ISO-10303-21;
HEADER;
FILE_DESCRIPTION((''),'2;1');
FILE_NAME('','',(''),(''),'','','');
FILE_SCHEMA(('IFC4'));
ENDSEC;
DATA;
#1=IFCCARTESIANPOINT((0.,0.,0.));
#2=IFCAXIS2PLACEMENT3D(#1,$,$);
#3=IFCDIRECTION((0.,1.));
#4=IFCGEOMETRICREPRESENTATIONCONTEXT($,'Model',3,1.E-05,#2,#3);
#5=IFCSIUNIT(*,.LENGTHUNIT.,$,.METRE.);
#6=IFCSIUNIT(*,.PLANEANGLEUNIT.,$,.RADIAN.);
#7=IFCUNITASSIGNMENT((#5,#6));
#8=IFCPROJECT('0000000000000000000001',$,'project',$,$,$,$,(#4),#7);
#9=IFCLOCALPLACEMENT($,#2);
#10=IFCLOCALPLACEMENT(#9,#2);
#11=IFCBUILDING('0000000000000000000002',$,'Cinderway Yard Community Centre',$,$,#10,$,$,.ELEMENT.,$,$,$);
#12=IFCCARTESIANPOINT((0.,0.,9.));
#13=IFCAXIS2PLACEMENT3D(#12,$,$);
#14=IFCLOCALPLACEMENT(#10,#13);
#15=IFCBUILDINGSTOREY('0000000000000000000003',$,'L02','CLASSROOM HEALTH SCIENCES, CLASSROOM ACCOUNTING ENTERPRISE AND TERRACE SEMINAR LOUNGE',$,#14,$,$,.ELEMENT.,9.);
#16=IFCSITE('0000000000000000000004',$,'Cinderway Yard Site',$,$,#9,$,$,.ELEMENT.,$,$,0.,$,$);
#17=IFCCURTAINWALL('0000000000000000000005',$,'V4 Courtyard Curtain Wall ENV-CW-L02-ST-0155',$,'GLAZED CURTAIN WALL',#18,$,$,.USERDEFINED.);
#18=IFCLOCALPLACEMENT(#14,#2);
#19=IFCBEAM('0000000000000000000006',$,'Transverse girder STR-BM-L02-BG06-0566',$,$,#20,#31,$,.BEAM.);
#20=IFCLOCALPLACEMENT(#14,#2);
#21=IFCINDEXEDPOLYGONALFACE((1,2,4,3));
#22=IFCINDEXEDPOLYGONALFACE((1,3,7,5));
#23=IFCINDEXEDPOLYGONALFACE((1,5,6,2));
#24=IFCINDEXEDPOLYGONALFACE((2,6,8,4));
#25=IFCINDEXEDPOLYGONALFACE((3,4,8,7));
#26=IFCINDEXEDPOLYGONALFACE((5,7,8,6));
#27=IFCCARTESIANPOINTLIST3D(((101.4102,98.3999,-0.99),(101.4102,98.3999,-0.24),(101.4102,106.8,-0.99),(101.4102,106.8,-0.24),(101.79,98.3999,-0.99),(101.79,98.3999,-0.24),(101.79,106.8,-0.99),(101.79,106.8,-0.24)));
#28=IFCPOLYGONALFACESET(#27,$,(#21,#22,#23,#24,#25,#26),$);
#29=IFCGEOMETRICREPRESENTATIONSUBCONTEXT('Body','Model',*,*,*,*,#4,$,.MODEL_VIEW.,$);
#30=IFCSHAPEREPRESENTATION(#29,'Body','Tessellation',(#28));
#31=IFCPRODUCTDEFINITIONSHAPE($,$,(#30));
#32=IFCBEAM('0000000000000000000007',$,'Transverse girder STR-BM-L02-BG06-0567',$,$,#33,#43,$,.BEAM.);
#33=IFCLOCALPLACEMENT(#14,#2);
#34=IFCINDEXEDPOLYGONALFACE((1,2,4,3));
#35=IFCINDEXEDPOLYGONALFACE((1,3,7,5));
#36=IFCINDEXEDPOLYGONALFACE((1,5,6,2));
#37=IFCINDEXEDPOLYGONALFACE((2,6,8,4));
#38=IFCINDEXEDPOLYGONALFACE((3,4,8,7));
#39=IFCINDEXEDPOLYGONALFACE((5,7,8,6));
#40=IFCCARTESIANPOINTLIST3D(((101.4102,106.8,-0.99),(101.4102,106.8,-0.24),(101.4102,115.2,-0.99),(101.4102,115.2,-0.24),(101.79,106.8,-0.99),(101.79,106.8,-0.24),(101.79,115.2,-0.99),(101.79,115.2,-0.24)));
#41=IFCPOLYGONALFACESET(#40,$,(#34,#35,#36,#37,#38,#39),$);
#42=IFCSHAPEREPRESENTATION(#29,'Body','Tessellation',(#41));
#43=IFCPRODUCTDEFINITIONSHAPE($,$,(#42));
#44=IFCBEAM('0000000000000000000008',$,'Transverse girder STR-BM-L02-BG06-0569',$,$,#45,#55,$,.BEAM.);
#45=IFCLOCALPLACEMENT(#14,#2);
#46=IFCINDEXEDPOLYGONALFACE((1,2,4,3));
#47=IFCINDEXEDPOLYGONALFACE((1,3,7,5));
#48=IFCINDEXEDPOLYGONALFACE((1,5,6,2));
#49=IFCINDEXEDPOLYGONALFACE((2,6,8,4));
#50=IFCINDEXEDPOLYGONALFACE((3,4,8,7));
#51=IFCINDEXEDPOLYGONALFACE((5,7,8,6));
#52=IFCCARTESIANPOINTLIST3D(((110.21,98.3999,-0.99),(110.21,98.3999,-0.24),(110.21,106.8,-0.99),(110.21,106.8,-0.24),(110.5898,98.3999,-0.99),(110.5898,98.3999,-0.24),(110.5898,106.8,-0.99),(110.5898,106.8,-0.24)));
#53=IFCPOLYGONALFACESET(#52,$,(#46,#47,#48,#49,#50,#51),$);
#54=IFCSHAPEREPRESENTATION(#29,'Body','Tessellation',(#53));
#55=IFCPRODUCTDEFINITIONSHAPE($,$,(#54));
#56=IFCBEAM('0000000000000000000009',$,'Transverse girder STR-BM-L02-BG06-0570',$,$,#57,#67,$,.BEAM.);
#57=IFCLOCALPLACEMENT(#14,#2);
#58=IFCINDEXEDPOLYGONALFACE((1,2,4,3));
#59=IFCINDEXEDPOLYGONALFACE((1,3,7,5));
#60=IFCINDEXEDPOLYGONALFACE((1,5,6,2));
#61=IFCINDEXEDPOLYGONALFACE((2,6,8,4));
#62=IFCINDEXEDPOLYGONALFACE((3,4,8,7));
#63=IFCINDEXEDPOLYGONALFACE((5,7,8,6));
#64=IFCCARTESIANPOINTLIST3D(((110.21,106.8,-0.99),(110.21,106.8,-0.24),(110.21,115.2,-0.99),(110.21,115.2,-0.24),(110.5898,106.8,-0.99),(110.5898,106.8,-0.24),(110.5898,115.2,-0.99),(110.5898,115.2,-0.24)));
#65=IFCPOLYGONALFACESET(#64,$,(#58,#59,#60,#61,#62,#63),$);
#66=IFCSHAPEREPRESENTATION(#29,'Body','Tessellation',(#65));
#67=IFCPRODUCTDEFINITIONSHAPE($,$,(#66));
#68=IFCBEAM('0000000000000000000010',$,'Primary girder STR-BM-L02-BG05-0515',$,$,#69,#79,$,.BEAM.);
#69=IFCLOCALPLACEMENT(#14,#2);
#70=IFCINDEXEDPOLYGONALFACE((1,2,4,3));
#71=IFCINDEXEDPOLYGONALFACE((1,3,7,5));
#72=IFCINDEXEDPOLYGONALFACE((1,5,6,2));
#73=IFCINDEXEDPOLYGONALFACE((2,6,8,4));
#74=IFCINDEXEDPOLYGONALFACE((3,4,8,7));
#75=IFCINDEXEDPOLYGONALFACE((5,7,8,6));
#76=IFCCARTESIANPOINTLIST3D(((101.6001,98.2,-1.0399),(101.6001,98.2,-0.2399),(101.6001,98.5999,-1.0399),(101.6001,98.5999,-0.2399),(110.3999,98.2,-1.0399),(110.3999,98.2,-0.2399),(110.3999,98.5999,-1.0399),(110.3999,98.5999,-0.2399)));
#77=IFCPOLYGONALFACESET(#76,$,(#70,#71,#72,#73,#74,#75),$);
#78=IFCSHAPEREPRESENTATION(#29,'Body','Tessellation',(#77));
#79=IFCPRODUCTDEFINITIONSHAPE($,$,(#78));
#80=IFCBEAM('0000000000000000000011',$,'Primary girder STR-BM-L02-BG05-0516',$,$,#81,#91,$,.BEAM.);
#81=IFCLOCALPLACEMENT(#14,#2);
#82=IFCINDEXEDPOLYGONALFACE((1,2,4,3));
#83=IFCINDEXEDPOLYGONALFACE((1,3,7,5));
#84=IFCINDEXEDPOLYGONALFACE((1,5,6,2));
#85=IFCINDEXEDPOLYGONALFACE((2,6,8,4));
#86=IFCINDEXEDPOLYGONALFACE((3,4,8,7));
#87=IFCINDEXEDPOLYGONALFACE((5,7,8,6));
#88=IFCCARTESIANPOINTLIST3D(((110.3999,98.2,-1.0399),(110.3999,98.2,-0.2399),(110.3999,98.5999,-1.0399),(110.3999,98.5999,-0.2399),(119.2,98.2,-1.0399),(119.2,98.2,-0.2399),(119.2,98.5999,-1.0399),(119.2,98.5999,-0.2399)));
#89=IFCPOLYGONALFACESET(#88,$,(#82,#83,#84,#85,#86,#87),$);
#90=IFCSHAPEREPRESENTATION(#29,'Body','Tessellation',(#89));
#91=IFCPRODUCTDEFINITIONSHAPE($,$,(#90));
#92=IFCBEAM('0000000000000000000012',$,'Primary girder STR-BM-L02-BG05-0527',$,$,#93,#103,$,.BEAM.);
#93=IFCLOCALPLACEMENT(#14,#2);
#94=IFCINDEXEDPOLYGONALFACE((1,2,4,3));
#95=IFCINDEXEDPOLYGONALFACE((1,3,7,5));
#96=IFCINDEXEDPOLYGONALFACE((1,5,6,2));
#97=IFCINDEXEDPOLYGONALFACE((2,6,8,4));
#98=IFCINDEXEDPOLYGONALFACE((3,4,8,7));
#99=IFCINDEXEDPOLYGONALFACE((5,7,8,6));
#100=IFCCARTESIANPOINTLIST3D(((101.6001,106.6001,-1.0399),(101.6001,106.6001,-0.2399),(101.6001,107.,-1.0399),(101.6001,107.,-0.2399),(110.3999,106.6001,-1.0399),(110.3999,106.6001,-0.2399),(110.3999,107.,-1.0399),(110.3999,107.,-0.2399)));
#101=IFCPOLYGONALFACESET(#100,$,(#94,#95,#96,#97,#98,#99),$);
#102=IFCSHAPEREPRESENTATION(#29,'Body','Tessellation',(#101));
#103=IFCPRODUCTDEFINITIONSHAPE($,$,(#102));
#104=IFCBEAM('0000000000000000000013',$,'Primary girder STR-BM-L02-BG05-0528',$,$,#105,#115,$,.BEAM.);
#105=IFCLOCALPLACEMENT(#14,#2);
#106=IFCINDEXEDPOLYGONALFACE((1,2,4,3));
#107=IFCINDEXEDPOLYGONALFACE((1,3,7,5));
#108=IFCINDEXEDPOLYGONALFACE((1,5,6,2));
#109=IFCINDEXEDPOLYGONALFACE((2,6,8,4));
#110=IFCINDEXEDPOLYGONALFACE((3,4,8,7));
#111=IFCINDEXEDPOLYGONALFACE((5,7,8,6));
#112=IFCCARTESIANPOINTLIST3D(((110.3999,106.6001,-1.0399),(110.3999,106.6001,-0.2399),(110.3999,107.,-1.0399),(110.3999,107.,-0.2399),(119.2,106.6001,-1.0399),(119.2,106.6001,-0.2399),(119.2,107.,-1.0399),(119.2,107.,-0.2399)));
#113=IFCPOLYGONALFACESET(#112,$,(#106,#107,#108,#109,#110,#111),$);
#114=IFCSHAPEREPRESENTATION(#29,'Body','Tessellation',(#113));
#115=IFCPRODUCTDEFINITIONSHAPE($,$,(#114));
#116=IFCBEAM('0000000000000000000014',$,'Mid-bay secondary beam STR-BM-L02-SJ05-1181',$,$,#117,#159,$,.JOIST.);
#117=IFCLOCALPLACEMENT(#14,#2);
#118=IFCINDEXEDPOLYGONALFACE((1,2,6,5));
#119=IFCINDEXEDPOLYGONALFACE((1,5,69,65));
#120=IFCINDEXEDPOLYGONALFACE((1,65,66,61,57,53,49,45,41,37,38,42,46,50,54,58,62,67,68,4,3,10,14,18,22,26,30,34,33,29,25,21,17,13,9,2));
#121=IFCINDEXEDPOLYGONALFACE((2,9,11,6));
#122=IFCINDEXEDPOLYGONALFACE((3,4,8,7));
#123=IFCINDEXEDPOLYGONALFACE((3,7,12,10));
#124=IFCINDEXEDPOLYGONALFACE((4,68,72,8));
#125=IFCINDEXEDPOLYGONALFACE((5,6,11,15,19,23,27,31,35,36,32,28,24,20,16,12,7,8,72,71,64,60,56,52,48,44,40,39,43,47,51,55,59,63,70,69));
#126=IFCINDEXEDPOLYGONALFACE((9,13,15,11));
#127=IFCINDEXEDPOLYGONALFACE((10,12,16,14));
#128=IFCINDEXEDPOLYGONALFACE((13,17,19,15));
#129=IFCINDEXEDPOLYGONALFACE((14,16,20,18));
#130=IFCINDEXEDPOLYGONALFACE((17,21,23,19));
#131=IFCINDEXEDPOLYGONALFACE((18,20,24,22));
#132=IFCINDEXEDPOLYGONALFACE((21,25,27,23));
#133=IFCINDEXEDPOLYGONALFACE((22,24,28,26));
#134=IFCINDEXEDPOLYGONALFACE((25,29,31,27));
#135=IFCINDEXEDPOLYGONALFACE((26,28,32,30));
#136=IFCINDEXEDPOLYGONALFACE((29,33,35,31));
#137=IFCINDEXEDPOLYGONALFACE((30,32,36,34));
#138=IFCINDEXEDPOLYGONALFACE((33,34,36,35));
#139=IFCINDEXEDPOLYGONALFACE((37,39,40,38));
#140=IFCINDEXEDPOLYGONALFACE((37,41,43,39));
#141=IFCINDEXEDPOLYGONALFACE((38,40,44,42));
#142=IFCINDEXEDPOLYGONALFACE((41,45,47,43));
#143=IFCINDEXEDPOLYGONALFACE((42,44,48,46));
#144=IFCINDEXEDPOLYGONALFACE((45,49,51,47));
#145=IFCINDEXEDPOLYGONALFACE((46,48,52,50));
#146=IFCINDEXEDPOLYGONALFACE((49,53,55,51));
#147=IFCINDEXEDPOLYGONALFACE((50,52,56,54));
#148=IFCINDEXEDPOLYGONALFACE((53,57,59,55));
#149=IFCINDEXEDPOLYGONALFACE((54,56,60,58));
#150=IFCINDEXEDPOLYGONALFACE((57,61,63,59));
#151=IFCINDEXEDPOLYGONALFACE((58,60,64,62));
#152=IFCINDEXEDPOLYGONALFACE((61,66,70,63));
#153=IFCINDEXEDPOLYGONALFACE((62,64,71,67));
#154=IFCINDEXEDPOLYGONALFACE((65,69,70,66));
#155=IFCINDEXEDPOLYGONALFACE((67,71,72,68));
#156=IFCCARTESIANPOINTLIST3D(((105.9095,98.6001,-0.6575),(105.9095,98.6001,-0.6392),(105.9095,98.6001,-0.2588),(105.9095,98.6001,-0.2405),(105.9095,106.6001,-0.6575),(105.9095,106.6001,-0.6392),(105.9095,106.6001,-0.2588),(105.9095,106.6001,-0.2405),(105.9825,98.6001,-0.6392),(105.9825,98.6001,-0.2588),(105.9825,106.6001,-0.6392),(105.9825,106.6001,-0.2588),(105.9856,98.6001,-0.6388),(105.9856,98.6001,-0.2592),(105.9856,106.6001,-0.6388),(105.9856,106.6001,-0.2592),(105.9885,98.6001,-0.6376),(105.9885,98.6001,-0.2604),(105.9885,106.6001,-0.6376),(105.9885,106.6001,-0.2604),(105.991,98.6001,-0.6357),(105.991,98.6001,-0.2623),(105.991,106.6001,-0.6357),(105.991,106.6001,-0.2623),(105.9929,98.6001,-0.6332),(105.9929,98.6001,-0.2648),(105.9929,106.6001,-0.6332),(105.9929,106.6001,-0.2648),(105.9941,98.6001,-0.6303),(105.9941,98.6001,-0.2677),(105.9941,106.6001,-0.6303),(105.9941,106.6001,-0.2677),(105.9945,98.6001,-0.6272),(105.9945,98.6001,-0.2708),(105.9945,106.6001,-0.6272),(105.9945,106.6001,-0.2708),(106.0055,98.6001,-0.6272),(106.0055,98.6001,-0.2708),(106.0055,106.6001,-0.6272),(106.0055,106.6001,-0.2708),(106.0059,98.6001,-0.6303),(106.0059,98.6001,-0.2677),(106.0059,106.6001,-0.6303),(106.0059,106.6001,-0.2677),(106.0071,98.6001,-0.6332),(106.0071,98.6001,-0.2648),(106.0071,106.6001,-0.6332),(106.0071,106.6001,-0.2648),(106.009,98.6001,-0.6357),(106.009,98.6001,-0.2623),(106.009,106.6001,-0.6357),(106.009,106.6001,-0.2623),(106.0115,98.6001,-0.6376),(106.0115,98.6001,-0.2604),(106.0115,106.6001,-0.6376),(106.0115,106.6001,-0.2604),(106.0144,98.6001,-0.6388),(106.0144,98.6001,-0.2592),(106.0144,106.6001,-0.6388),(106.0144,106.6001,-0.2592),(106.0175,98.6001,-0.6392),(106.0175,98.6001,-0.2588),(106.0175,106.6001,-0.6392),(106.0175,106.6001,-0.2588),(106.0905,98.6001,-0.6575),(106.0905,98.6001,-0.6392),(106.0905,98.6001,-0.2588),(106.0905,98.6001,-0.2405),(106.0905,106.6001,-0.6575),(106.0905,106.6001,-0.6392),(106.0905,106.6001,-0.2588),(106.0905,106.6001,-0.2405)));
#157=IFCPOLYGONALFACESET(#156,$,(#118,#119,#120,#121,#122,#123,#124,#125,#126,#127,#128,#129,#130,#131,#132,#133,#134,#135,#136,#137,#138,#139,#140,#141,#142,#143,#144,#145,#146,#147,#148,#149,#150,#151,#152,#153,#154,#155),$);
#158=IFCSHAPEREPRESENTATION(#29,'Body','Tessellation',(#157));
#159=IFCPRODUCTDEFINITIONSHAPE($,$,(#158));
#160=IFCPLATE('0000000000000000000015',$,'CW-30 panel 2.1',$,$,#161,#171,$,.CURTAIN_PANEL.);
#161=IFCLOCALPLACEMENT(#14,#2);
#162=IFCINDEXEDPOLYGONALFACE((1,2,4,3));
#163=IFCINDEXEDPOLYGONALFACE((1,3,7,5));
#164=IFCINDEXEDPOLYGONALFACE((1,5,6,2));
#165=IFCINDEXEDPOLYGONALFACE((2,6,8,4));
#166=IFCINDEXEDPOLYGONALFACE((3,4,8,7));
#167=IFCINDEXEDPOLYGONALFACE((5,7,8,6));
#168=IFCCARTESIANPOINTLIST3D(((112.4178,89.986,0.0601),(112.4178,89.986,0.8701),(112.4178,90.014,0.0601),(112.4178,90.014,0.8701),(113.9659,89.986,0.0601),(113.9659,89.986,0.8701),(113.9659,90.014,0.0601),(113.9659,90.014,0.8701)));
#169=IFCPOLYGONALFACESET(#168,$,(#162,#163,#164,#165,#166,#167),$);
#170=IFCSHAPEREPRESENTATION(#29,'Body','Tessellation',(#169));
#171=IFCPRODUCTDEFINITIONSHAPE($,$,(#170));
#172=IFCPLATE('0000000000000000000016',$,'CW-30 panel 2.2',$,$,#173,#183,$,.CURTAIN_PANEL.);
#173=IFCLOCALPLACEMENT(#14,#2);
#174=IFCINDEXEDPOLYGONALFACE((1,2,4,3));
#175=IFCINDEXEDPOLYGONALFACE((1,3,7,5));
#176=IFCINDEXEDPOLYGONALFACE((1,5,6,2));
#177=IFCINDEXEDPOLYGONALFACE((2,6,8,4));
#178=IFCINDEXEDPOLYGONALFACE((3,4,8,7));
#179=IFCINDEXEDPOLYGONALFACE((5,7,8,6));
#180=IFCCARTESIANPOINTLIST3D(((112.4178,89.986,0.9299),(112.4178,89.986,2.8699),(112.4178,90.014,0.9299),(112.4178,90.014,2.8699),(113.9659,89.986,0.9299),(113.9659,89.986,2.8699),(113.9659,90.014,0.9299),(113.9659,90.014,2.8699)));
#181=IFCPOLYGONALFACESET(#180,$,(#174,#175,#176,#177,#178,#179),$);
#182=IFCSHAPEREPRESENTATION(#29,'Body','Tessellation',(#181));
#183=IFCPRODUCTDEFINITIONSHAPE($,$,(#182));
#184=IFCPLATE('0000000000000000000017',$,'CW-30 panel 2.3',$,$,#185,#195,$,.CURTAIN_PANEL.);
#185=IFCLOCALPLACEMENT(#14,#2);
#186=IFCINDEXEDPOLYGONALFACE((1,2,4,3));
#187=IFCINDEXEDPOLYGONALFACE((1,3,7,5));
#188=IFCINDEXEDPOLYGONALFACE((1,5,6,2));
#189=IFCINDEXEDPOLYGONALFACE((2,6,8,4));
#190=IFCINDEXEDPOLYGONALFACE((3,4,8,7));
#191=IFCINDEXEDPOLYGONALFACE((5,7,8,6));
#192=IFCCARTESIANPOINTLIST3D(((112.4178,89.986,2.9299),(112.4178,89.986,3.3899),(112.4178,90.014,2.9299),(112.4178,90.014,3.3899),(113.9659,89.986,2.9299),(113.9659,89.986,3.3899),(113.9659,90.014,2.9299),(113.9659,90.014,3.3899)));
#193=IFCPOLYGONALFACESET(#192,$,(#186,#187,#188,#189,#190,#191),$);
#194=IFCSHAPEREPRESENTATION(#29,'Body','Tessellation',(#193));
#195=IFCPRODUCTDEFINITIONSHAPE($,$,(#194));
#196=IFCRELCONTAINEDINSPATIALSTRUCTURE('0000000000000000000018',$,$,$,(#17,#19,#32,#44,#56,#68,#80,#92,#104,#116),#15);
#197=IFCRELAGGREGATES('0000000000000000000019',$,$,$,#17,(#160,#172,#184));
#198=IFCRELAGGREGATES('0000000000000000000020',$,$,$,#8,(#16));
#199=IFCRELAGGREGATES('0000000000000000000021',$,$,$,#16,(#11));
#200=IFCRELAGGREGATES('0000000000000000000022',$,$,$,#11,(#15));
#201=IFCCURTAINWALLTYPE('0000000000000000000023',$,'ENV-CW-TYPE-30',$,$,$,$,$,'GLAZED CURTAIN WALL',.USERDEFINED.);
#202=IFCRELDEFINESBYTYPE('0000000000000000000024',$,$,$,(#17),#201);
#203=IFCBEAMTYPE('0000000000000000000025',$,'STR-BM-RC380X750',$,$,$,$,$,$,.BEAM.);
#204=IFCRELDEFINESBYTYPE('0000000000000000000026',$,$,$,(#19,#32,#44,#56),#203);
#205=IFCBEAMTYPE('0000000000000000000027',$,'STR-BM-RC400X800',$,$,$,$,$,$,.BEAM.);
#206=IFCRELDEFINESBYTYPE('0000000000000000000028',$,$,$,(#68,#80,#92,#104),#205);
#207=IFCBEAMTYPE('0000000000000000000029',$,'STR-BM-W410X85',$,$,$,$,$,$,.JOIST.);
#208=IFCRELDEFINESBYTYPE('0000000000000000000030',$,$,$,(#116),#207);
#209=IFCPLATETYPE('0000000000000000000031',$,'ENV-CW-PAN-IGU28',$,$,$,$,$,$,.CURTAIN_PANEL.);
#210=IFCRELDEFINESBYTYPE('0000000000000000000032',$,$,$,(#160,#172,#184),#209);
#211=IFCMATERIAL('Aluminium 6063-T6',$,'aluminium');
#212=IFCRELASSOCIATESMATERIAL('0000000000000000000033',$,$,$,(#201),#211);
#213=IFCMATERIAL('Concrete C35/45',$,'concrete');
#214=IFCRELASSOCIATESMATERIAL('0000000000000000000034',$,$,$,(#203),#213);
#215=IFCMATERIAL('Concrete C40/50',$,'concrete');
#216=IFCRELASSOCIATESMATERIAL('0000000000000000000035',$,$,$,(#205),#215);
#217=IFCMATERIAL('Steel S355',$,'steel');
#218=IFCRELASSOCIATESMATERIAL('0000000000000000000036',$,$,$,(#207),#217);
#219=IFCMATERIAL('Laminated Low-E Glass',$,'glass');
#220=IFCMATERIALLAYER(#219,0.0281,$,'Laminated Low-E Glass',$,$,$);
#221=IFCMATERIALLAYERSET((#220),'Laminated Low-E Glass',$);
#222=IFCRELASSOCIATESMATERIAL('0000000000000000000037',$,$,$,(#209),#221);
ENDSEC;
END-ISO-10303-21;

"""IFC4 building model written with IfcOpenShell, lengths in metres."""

from ifc_helpers import new_model, si_unit, direction, frame, origin, origin_2d, place, context, subcontext, project, spatial, rectangle, i_section, extrude, material, layer, layer_set, material_profile, profile_set, type_object, element, aggregate, save


model = new_model("IFC4")

# Units and contexts
model_context = context("Model", 3, precision=1e-05, world=origin(), true_north=direction((0.0, 1.0)))
body_context = subcontext(model_context, "Body", "Model", "MODEL_VIEW")
ifc_project = project(units=[si_unit("LENGTHUNIT", "METRE"), si_unit("PLANEANGLEUNIT", "RADIAN")], contexts=[model_context])

# Site, building, storey
site_placement = place(None, origin())
site = spatial("IfcSite", under=ifc_project, at=site_placement, Name="Cinderway Yard Site", CompositionType="ELEMENT", RefElevation=0.0)
building_placement = place(site_placement, origin())
building = spatial("IfcBuilding", under=site, at=building_placement, Name="Cinderway Yard Community Centre", CompositionType="ELEMENT")
storey_placement = place(building_placement, frame((0.0, 0.0, 9.0)))
storey = spatial("IfcBuildingStorey", under=building, at=storey_placement, Name="L02", Description="CLASSROOM HEALTH SCIENCES, CLASSROOM ACCOUNTING ENTERPRISE AND TERRACE SEMINAR LOUNGE", CompositionType="ELEMENT", Elevation=9.0)

# Shared definitions
ifc_material_1 = material(Name="Concrete C40/50", Category="concrete")

# Curtain wall
ifc_material_2 = material(Name="Aluminium 6063-T6", Category="aluminium")
curtain_wall_type = type_object("IfcCurtainWallType", Name="ENV-CW-TYPE-30", ElementType="GLAZED CURTAIN WALL", PredefinedType="USERDEFINED", material=ifc_material_2)
curtain_wall_placement = place(storey_placement, origin())
curtain_wall = element("IfcCurtainWall", 1, at=curtain_wall_placement, inside=storey, type_object=curtain_wall_type, Name="V4 Courtyard Curtain Wall ENV-CW-L02-ST-0155", ObjectType="GLAZED CURTAIN WALL", PredefinedType="USERDEFINED")

# Beams
ifc_material_3 = material(Name="Concrete C35/45", Category="concrete")
ifc_material_profile_1 = material_profile(ifc_material_3, rectangle(XDim=0.3799, YDim=0.75, at=origin_2d()), Name="Concrete C35/45")
ifc_profile_set_1 = profile_set([ifc_material_profile_1], Name="Concrete C35/45")
beam_type_1 = type_object("IfcBeamType", Name="STR-BM-RC380X750", PredefinedType="BEAM", material=ifc_profile_set_1)
beam_1_placement = place(storey_placement, frame((101.6001, 98.3999, -0.615), z_axis=(0.0, 1.0, 0.0), x_axis=(-1.0, 0.0, 0.0)))
element("IfcBeam", 2, at=beam_1_placement, inside=storey, type_object=beam_type_1, Name="Transverse girder STR-BM-L02-BG06-0566", PredefinedType="BEAM", context=body_context, shape_type="SweptSolid", body=[
    extrude(rectangle(XDim=0.3799, YDim=0.75, at=origin_2d()), origin(), (0.0, 0.0, 1.0), 8.4001),
])
beam_2_placement = place(storey_placement, frame((101.6001, 106.8, -0.615), z_axis=(0.0, 1.0, 0.0), x_axis=(-1.0, 0.0, 0.0)))
element("IfcBeam", 3, at=beam_2_placement, inside=storey, type_object=beam_type_1, Name="Transverse girder STR-BM-L02-BG06-0567", PredefinedType="BEAM", context=body_context, shape_type="SweptSolid", body=[
    extrude(rectangle(XDim=0.3799, YDim=0.75, at=origin_2d()), origin(), (0.0, 0.0, 1.0), 8.3999),
])
beam_3_placement = place(storey_placement, frame((110.3999, 98.3999, -0.615), z_axis=(0.0, 1.0, 0.0), x_axis=(-1.0, 0.0, 0.0)))
element("IfcBeam", 4, at=beam_3_placement, inside=storey, type_object=beam_type_1, Name="Transverse girder STR-BM-L02-BG06-0569", PredefinedType="BEAM", context=body_context, shape_type="SweptSolid", body=[
    extrude(rectangle(XDim=0.3799, YDim=0.75, at=origin_2d()), origin(), (0.0, 0.0, 1.0), 8.4001),
])
beam_4_placement = place(storey_placement, frame((110.3999, 106.8, -0.615), z_axis=(0.0, 1.0, 0.0), x_axis=(-1.0, 0.0, 0.0)))
element("IfcBeam", 5, at=beam_4_placement, inside=storey, type_object=beam_type_1, Name="Transverse girder STR-BM-L02-BG06-0570", PredefinedType="BEAM", context=body_context, shape_type="SweptSolid", body=[
    extrude(rectangle(XDim=0.3799, YDim=0.75, at=origin_2d()), origin(), (0.0, 0.0, 1.0), 8.3999),
])
ifc_material_profile_2 = material_profile(ifc_material_1, rectangle(XDim=0.3999, YDim=0.8, at=origin_2d()), Name="Concrete C40/50")
ifc_profile_set_2 = profile_set([ifc_material_profile_2], Name="Concrete C40/50")
beam_type_2 = type_object("IfcBeamType", Name="STR-BM-RC400X800", PredefinedType="BEAM", material=ifc_profile_set_2)
beam_5_placement = place(storey_placement, frame((101.6001, 98.3999, -0.6399), z_axis=(1.0, 0.0, 0.0), x_axis=(0.0, 1.0, 0.0)))
element("IfcBeam", 6, at=beam_5_placement, inside=storey, type_object=beam_type_2, Name="Primary girder STR-BM-L02-BG05-0515", PredefinedType="BEAM", context=body_context, shape_type="SweptSolid", body=[
    extrude(rectangle(XDim=0.3999, YDim=0.8, at=origin_2d()), origin(), (0.0, 0.0, 1.0), 8.7998),
])
beam_6_placement = place(storey_placement, frame((110.3999, 98.3999, -0.6399), z_axis=(1.0, 0.0, 0.0), x_axis=(0.0, 1.0, 0.0)))
element("IfcBeam", 7, at=beam_6_placement, inside=storey, type_object=beam_type_2, Name="Primary girder STR-BM-L02-BG05-0516", PredefinedType="BEAM", context=body_context, shape_type="SweptSolid", body=[
    extrude(rectangle(XDim=0.3999, YDim=0.8, at=origin_2d()), origin(), (0.0, 0.0, 1.0), 8.8),
])
beam_7_placement = place(storey_placement, frame((101.6001, 106.8, -0.6399), z_axis=(1.0, 0.0, 0.0), x_axis=(0.0, 1.0, 0.0)))
element("IfcBeam", 8, at=beam_7_placement, inside=storey, type_object=beam_type_2, Name="Primary girder STR-BM-L02-BG05-0527", PredefinedType="BEAM", context=body_context, shape_type="SweptSolid", body=[
    extrude(rectangle(XDim=0.3999, YDim=0.8, at=origin_2d()), origin(), (0.0, 0.0, 1.0), 8.7998),
])
beam_8_placement = place(storey_placement, frame((110.3999, 106.8, -0.6399), z_axis=(1.0, 0.0, 0.0), x_axis=(0.0, 1.0, 0.0)))
element("IfcBeam", 9, at=beam_8_placement, inside=storey, type_object=beam_type_2, Name="Primary girder STR-BM-L02-BG05-0528", PredefinedType="BEAM", context=body_context, shape_type="SweptSolid", body=[
    extrude(rectangle(XDim=0.3999, YDim=0.8, at=origin_2d()), origin(), (0.0, 0.0, 1.0), 8.8),
])
ifc_material_4 = material(Name="Steel S355", Category="steel")
ifc_material_profile_3 = material_profile(ifc_material_4, i_section(OverallWidth=0.1809, OverallDepth=0.417, WebThickness=0.011, FlangeThickness=0.0183, FilletRadius=0.012, at=origin_2d()), Name="Steel S355")
ifc_profile_set_3 = profile_set([ifc_material_profile_3], Name="Steel S355")
beam_type_3 = type_object("IfcBeamType", Name="STR-BM-W410X85", PredefinedType="JOIST", material=ifc_profile_set_3)
beam_9_placement = place(storey_placement, frame((106.0, 98.6001, -0.449), z_axis=(0.0, 1.0, 0.0), x_axis=(-1.0, 0.0, 0.0)))
element("IfcBeam", 10, at=beam_9_placement, inside=storey, type_object=beam_type_3, Name="Mid-bay secondary beam STR-BM-L02-SJ05-1181", PredefinedType="JOIST", context=body_context, shape_type="SweptSolid", body=[
    extrude(i_section(OverallWidth=0.1809, OverallDepth=0.417, WebThickness=0.011, FlangeThickness=0.0183, FilletRadius=0.012, at=origin_2d()), origin(), (0.0, 0.0, 1.0), 8.0),
])

# Plates
ifc_material_5 = material(Name="Laminated Low-E Glass", Category="glass")
ifc_layer_1 = layer(ifc_material_5, 0.0281, Name="Laminated Low-E Glass")
ifc_layer_set_1 = layer_set([ifc_layer_1], Name="Laminated Low-E Glass")
plate_type = type_object("IfcPlateType", Name="ENV-CW-PAN-IGU28", PredefinedType="CURTAIN_PANEL", material=ifc_layer_set_1)
plate_1_placement = place(storey_placement, frame((113.1919, 90.0, 0.0601), z_axis=(0.0, 0.0, 1.0), x_axis=(1.0, 0.0, 0.0)))
plate_1 = element("IfcPlate", 11, at=plate_1_placement, type_object=plate_type, Name="CW-30 panel 2.1", PredefinedType="CURTAIN_PANEL", context=body_context, shape_type="SweptSolid", body=[
    extrude(rectangle(XDim=1.5481, YDim=0.0281, at=origin_2d()), origin(), (0.0, 0.0, 1.0), 0.8101),
])
plate_2_placement = place(storey_placement, frame((113.1919, 90.0, 0.9299), z_axis=(0.0, 0.0, 1.0), x_axis=(1.0, 0.0, 0.0)))
plate_2 = element("IfcPlate", 12, at=plate_2_placement, type_object=plate_type, Name="CW-30 panel 2.2", PredefinedType="CURTAIN_PANEL", context=body_context, shape_type="SweptSolid", body=[
    extrude(rectangle(XDim=1.5481, YDim=0.0281, at=origin_2d()), origin(), (0.0, 0.0, 1.0), 1.9399),
])
plate_3_placement = place(storey_placement, frame((113.1919, 90.0, 2.9299), z_axis=(0.0, 0.0, 1.0), x_axis=(1.0, 0.0, 0.0)))
plate_3 = element("IfcPlate", 13, at=plate_3_placement, type_object=plate_type, Name="CW-30 panel 2.3", PredefinedType="CURTAIN_PANEL", context=body_context, shape_type="SweptSolid", body=[
    extrude(rectangle(XDim=1.5481, YDim=0.0281, at=origin_2d()), origin(), (0.0, 0.0, 1.0), 0.46),
])
aggregate(curtain_wall, [plate_1, plate_2, plate_3])

save(model, "model.ifc")
